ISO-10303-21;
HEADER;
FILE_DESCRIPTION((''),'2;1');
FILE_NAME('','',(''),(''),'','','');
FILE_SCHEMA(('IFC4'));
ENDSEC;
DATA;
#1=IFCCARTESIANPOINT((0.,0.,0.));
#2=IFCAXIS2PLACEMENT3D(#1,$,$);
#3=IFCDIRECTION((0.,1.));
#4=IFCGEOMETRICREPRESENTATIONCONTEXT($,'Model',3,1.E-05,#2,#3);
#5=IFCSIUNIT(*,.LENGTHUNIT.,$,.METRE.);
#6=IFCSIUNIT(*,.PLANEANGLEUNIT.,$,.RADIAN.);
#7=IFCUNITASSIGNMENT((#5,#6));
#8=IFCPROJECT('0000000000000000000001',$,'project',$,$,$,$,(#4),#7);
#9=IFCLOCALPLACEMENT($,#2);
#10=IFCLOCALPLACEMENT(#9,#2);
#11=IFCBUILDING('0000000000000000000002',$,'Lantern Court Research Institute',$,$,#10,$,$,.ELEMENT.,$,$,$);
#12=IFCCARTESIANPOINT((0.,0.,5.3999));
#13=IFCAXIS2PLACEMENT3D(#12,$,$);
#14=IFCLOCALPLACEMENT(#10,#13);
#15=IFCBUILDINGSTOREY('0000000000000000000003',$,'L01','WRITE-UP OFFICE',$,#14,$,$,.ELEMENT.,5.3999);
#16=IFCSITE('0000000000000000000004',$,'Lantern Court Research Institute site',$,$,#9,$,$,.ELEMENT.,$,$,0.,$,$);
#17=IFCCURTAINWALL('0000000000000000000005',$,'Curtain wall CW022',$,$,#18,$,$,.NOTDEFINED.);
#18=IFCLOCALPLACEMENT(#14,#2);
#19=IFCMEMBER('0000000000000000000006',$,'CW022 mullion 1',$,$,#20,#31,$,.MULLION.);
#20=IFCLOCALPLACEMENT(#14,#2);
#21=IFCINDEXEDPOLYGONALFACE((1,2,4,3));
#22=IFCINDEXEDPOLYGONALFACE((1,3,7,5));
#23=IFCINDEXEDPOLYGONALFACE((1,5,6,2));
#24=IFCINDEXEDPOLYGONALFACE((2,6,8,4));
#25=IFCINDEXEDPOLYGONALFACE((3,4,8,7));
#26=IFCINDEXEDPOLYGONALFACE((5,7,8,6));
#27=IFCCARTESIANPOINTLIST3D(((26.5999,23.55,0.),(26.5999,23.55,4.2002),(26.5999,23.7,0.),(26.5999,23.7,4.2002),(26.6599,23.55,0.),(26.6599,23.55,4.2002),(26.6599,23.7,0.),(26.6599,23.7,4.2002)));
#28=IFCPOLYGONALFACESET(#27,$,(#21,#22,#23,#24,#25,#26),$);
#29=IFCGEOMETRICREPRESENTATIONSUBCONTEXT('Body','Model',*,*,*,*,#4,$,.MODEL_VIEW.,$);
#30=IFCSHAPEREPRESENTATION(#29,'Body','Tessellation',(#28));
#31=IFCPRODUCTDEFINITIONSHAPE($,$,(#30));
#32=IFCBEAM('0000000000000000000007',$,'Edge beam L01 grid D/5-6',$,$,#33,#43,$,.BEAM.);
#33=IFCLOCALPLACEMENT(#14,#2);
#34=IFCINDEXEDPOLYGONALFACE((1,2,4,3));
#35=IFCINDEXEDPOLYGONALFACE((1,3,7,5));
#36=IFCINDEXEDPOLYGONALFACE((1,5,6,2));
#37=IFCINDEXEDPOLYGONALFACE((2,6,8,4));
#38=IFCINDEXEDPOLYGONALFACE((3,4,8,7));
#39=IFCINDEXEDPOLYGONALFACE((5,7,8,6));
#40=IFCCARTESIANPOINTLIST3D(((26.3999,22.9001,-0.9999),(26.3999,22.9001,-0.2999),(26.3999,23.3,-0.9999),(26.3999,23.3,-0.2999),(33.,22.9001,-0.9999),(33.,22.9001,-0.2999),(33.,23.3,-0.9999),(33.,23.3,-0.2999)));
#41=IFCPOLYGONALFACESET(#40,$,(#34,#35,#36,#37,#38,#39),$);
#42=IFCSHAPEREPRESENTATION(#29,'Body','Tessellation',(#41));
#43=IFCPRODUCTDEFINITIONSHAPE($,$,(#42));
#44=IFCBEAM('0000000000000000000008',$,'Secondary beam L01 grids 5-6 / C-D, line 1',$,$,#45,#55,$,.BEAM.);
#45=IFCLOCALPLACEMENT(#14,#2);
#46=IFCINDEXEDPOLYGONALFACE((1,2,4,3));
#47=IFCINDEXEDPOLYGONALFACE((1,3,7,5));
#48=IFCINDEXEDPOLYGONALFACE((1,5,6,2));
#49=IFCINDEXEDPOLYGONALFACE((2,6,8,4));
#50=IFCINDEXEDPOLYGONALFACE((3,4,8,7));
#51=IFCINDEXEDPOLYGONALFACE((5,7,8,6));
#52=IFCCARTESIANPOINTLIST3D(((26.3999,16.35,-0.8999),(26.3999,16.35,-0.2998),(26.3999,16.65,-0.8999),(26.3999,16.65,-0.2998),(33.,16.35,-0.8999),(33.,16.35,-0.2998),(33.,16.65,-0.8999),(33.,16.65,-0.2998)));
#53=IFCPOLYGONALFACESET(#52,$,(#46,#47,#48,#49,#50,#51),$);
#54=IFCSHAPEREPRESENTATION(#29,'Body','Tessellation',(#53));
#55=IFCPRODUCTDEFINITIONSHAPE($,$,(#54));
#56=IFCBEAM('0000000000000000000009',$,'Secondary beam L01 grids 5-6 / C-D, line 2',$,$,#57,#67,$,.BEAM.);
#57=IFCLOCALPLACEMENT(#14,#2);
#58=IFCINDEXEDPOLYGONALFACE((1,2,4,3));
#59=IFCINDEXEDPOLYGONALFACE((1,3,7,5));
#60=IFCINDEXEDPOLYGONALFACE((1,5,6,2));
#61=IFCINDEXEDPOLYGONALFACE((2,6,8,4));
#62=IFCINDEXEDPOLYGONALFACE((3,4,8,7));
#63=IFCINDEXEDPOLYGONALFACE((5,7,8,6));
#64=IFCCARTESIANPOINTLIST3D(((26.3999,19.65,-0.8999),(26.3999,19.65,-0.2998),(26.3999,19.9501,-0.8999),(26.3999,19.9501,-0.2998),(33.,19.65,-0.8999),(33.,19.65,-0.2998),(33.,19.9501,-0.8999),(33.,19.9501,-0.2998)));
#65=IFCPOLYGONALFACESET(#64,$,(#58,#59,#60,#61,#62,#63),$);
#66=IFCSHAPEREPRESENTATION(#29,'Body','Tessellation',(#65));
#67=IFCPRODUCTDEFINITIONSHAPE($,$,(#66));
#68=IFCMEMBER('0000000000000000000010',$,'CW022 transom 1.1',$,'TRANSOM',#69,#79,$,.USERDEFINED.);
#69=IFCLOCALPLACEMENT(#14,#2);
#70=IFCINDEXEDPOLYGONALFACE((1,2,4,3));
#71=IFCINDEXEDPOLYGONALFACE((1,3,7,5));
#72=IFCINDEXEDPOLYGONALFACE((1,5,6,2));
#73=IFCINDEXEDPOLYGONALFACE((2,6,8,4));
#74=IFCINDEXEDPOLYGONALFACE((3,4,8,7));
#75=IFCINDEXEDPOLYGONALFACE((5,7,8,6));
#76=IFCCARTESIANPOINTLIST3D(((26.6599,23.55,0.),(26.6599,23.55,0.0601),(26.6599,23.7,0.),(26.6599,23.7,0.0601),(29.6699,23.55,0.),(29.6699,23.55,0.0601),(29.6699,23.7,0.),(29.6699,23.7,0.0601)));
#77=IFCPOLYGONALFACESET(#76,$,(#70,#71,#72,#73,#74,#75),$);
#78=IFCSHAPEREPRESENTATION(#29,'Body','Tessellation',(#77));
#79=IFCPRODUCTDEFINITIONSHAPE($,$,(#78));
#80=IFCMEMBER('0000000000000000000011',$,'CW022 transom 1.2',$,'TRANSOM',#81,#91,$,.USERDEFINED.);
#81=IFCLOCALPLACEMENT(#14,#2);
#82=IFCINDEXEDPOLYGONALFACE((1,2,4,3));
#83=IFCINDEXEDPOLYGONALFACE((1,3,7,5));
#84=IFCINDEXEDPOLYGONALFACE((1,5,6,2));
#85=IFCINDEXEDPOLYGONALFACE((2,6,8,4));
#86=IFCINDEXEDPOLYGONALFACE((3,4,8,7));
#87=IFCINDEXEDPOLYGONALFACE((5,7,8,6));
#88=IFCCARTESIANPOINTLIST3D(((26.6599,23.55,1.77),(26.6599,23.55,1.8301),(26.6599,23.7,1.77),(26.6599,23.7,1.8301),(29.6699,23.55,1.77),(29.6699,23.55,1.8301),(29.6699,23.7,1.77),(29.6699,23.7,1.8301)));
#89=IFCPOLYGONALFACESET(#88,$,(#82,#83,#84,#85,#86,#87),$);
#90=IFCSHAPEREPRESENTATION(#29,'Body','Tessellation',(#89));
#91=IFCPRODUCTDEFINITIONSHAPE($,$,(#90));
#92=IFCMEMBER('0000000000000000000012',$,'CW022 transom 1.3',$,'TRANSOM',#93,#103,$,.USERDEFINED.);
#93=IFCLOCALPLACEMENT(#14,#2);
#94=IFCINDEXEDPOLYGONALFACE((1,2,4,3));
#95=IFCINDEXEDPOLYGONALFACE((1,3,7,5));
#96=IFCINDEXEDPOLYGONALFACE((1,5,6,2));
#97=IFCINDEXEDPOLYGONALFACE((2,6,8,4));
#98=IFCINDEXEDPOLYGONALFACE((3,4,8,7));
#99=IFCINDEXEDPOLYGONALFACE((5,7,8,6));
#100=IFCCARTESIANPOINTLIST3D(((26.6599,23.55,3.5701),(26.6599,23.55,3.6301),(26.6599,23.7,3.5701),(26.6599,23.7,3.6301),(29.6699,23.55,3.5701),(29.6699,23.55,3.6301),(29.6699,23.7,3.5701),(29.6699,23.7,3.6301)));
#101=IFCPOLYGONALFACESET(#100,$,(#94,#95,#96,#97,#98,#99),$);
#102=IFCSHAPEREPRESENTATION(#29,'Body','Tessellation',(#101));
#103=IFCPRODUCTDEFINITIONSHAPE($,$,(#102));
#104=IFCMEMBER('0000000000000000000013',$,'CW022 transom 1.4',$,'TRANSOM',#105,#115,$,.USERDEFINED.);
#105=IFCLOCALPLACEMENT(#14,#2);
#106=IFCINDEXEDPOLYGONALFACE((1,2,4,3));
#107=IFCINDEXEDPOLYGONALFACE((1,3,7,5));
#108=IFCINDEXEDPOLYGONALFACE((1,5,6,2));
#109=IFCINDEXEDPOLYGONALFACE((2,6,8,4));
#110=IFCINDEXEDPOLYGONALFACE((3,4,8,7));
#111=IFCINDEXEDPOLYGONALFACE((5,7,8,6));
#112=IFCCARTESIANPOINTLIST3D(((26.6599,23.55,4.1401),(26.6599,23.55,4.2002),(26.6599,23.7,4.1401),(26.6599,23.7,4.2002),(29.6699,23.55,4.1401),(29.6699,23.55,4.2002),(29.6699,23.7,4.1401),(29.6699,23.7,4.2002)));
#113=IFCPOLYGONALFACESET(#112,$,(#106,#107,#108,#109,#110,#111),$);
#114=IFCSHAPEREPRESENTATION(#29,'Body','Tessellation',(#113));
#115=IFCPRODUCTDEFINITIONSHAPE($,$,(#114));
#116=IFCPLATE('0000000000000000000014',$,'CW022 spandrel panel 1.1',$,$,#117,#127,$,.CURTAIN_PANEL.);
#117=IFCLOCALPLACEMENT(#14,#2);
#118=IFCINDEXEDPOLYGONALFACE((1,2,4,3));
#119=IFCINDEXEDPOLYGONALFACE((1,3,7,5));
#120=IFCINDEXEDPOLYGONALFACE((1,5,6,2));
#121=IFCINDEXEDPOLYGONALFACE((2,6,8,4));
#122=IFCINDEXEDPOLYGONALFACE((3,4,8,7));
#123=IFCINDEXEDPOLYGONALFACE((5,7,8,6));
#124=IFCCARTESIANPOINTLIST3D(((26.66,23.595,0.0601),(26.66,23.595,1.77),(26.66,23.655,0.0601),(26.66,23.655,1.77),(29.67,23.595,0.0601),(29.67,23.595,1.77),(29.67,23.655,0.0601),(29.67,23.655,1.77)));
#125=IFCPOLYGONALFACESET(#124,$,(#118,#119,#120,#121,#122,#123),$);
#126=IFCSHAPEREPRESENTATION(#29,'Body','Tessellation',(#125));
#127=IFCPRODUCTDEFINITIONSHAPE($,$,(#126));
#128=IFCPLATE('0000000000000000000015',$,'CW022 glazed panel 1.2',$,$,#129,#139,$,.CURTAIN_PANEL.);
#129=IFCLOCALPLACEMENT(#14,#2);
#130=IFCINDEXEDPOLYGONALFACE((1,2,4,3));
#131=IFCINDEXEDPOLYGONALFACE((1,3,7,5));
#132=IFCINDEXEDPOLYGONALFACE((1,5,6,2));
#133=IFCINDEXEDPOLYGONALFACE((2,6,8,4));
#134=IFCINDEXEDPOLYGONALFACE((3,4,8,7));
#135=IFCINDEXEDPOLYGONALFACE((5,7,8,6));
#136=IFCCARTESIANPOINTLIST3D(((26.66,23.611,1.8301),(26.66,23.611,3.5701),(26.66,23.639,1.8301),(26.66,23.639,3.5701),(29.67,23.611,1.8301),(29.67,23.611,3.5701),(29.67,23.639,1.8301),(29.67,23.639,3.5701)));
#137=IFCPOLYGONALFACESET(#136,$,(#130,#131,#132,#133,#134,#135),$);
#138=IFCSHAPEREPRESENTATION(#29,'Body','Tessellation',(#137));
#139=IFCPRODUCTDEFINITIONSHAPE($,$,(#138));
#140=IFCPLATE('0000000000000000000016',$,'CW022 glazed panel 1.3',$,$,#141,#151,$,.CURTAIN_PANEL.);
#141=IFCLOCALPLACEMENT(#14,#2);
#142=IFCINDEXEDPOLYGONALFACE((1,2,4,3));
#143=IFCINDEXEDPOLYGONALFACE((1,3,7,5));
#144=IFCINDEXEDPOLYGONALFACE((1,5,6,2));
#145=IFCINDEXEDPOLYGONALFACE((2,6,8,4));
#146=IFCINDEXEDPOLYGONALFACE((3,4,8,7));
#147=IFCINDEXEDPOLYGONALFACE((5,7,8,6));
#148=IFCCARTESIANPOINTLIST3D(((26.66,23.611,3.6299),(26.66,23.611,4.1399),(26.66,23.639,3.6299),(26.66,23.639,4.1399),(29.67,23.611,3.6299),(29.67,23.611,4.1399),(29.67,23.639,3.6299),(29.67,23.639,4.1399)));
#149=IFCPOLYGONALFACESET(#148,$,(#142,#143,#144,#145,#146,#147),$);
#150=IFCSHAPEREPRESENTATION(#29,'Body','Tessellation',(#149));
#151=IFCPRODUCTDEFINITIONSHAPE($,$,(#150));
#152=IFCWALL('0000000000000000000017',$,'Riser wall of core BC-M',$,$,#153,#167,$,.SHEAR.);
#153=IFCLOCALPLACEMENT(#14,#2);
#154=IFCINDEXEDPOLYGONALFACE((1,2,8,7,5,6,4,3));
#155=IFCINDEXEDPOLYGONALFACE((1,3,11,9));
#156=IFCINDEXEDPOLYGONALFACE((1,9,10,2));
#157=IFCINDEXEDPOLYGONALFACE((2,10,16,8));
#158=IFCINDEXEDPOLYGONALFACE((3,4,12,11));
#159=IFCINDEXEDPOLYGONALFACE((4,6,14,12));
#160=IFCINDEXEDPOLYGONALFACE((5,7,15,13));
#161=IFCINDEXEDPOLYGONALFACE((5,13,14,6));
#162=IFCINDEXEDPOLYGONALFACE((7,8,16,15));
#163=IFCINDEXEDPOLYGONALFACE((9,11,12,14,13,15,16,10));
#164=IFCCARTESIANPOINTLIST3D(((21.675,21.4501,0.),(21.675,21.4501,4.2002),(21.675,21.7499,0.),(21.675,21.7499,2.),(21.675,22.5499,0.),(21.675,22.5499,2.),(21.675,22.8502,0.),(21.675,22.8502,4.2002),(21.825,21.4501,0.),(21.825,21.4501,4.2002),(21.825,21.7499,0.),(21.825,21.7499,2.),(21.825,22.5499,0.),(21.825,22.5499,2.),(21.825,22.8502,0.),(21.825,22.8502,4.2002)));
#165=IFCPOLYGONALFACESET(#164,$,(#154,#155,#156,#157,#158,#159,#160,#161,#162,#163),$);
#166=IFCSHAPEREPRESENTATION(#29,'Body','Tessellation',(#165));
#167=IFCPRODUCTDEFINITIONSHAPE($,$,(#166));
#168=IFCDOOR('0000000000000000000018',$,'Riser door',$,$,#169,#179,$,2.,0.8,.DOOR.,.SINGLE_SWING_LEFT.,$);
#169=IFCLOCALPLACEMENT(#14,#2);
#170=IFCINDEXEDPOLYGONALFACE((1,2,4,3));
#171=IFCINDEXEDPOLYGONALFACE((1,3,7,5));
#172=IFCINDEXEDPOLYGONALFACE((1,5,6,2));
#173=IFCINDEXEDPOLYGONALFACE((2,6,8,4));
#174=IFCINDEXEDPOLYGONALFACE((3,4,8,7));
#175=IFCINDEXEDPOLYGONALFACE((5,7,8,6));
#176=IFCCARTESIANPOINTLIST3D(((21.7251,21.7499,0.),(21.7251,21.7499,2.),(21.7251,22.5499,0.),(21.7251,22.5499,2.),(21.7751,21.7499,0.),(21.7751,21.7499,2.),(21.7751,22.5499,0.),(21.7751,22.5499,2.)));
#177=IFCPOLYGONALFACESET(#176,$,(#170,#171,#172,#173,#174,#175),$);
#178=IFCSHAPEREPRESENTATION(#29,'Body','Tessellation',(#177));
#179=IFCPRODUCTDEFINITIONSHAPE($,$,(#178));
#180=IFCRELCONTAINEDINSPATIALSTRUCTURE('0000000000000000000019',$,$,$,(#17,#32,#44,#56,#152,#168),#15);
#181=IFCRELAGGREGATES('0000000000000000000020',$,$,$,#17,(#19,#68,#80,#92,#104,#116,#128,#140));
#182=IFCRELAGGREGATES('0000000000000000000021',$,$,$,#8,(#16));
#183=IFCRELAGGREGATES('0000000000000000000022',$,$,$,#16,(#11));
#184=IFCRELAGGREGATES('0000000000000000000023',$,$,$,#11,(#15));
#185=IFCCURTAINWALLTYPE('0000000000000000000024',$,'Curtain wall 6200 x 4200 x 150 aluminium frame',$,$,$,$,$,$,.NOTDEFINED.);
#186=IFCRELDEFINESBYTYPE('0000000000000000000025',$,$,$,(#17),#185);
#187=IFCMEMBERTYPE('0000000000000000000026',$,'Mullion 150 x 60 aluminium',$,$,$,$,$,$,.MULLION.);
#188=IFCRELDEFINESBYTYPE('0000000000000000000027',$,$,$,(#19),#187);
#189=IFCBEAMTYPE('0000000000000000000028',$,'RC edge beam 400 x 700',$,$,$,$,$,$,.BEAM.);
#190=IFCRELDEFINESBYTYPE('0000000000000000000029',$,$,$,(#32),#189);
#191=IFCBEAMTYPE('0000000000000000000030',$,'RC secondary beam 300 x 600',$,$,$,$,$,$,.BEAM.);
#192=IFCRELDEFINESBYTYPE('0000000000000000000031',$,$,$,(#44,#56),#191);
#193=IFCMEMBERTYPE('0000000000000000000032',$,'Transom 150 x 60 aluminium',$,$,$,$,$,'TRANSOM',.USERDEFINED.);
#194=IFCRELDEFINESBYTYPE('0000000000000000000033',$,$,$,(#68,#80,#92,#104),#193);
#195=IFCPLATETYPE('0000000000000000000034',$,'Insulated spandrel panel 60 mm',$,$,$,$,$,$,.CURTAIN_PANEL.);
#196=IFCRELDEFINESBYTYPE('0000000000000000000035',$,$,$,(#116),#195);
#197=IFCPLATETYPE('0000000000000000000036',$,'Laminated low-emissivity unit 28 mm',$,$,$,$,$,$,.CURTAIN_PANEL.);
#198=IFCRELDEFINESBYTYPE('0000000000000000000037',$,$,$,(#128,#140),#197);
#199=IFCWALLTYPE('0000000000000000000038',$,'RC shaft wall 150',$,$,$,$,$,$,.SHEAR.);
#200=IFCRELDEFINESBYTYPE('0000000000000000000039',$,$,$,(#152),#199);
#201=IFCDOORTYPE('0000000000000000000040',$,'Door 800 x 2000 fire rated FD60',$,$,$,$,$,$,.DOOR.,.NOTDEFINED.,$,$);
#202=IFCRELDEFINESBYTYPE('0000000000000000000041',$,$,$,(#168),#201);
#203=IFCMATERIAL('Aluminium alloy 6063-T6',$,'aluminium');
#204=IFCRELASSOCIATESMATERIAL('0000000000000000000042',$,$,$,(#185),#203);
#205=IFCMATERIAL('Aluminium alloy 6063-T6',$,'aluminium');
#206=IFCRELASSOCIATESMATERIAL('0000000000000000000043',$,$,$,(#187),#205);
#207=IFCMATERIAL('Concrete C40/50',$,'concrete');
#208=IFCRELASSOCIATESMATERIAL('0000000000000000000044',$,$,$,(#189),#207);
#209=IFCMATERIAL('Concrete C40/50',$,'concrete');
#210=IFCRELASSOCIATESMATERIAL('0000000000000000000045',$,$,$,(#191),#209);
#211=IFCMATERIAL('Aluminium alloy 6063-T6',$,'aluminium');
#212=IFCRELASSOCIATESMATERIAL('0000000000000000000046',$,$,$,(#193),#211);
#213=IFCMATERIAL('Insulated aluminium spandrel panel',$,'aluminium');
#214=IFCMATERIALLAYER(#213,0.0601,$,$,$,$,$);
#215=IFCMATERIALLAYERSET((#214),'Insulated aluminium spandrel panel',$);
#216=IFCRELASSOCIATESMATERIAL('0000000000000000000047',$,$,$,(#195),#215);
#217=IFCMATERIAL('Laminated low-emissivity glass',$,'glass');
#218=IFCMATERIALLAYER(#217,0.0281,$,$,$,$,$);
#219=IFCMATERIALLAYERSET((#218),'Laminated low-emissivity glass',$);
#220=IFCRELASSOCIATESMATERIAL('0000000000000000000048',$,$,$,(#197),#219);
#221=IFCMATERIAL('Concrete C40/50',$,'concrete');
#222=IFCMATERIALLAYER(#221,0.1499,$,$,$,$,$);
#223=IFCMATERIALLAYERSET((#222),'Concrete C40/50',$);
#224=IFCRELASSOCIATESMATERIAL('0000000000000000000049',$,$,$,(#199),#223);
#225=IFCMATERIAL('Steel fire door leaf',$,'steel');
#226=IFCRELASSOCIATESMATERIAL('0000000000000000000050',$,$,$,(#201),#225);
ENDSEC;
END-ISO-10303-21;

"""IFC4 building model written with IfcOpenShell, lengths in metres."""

from ifc_helpers import new_model, si_unit, direction, frame, frame_2d, origin, origin_2d, place, context, subcontext, project, spatial, rectangle, extrude, material, layer, layer_set, material_profile, profile_set, type_object, element, fill, aggregate, save


model = new_model("IFC4")

# Units and contexts
model_context = context("Model", 3, precision=1e-05, world=origin(), true_north=direction((0.0, 1.0)))
body_context = subcontext(model_context, "Body", "Model", "MODEL_VIEW")
ifc_project = project(units=[si_unit("LENGTHUNIT", "METRE"), si_unit("PLANEANGLEUNIT", "RADIAN")], contexts=[model_context])

# Site, building, storey
site_placement = place(None, origin())
site = spatial("IfcSite", under=ifc_project, at=site_placement, Name="Lantern Court Research Institute site", CompositionType="ELEMENT", RefElevation=0.0)
building_placement = place(site_placement, origin())
building = spatial("IfcBuilding", under=site, at=building_placement, Name="Lantern Court Research Institute", CompositionType="ELEMENT")
storey_placement = place(building_placement, frame((0.0, 0.0, 5.3999)))
storey = spatial("IfcBuildingStorey", under=building, at=storey_placement, Name="L01", Description="WRITE-UP OFFICE", CompositionType="ELEMENT", Elevation=5.3999)

# Curtain wall, member
ifc_material_1 = material(Name="Aluminium alloy 6063-T6", Category="aluminium")
curtain_wall_type = type_object("IfcCurtainWallType", Name="Curtain wall 6200 x 4200 x 150 aluminium frame", PredefinedType="NOTDEFINED", material=ifc_material_1)
curtain_wall_placement = place(storey_placement, origin())
curtain_wall = element("IfcCurtainWall", 1, at=curtain_wall_placement, inside=storey, type_object=curtain_wall_type, Name="Curtain wall CW022", PredefinedType="NOTDEFINED")
ifc_material_2 = material(Name="Aluminium alloy 6063-T6", Category="aluminium")
ifc_material_profile_1 = material_profile(ifc_material_2, rectangle(XDim=0.1499, YDim=0.0601, at=origin_2d()), Name="Mullion 150 x 60")
ifc_profile_set_1 = profile_set([ifc_material_profile_1], Name="Aluminium alloy 6063-T6")
member_type_1 = type_object("IfcMemberType", Name="Mullion 150 x 60 aluminium", PredefinedType="MULLION", material=ifc_profile_set_1)
member_1_placement = place(storey_placement, frame((26.6299, 23.625, 0.0), z_axis=(0.0, 0.0, 1.0), x_axis=(0.0, 1.0, 0.0)))
member_1 = element("IfcMember", 2, at=member_1_placement, type_object=member_type_1, Name="CW022 mullion 1", PredefinedType="MULLION", context=body_context, shape_type="SweptSolid", body=[
    extrude(rectangle(XDim=0.1499, YDim=0.0601, at=origin_2d()), origin(), (0.0, 0.0, 1.0), 4.2002),
])

# Beams
ifc_material_3 = material(Name="Concrete C40/50", Category="concrete")
ifc_material_profile_2 = material_profile(ifc_material_3, rectangle(XDim=0.3999, YDim=0.7, at=origin_2d()), Name="RC beam 400 x 700")
ifc_profile_set_2 = profile_set([ifc_material_profile_2], Name="Concrete C40/50")
beam_type_1 = type_object("IfcBeamType", Name="RC edge beam 400 x 700", PredefinedType="BEAM", material=ifc_profile_set_2)
beam_placement = place(storey_placement, frame((26.3999, 23.1001, -0.6499), z_axis=(1.0, 0.0, 0.0), x_axis=(0.0, 1.0, 0.0)))
element("IfcBeam", 3, at=beam_placement, inside=storey, type_object=beam_type_1, Name="Edge beam L01 grid D/5-6", PredefinedType="BEAM", context=body_context, shape_type="SweptSolid", body=[
    extrude(rectangle(XDim=0.3999, YDim=0.7, at=origin_2d()), origin(), (0.0, 0.0, 1.0), 6.6001),
])
ifc_material_4 = material(Name="Concrete C40/50", Category="concrete")
ifc_material_profile_3 = material_profile(ifc_material_4, rectangle(XDim=0.3, YDim=0.6001, at=origin_2d()), Name="RC beam 300 x 600")
ifc_profile_set_3 = profile_set([ifc_material_profile_3], Name="Concrete C40/50")
beam_type_2 = type_object("IfcBeamType", Name="RC secondary beam 300 x 600", PredefinedType="BEAM", material=ifc_profile_set_3)
for number, where, z_axis, x_axis, name in (
    (4, (26.3999, 16.5, -0.5999), (1.0, 0.0, 0.0), (0.0, 1.0, 0.0), "Secondary beam L01 grids 5-6 / C-D, line 1"),
    (5, (26.3999, 19.8, -0.5999), (1.0, 0.0, 0.0), (0.0, 1.0, 0.0), "Secondary beam L01 grids 5-6 / C-D, line 2"),
):
    element("IfcBeam", number, at=place(storey_placement, frame(where, z_axis=z_axis, x_axis=x_axis)), inside=storey, type_object=beam_type_2, Name=name, PredefinedType="BEAM", context=body_context, shape_type="SweptSolid", body=[
        extrude(rectangle(XDim=0.3, YDim=0.6001, at=origin_2d()), origin(), (0.0, 0.0, 1.0), 6.6001),
    ])

# Members
ifc_material_5 = material(Name="Aluminium alloy 6063-T6", Category="aluminium")
ifc_material_profile_4 = material_profile(ifc_material_5, rectangle(XDim=0.1499, YDim=0.0601, at=origin_2d()), Name="Transom 150 x 60")
ifc_profile_set_4 = profile_set([ifc_material_profile_4], Name="Aluminium alloy 6063-T6")
member_type_2 = type_object("IfcMemberType", Name="Transom 150 x 60 aluminium", ElementType="TRANSOM", PredefinedType="USERDEFINED", material=ifc_profile_set_4)
member_2_placement = place(storey_placement, frame((26.6599, 23.625, 0.03), z_axis=(1.0, 0.0, 0.0), x_axis=(0.0, 1.0, 0.0)))
member_2 = element("IfcMember", 6, at=member_2_placement, type_object=member_type_2, Name="CW022 transom 1.1", ObjectType="TRANSOM", PredefinedType="USERDEFINED", context=body_context, shape_type="SweptSolid", body=[
    extrude(rectangle(XDim=0.1499, YDim=0.0601, at=origin_2d()), origin(), (0.0, 0.0, 1.0), 3.01),
])
member_3_placement = place(storey_placement, frame((26.6599, 23.625, 1.8), z_axis=(1.0, 0.0, 0.0), x_axis=(0.0, 1.0, 0.0)))
member_3 = element("IfcMember", 7, at=member_3_placement, type_object=member_type_2, Name="CW022 transom 1.2", ObjectType="TRANSOM", PredefinedType="USERDEFINED", context=body_context, shape_type="SweptSolid", body=[
    extrude(rectangle(XDim=0.1499, YDim=0.0601, at=origin_2d()), origin(), (0.0, 0.0, 1.0), 3.01),
])
member_4_placement = place(storey_placement, frame((26.6599, 23.625, 3.6001), z_axis=(1.0, 0.0, 0.0), x_axis=(0.0, 1.0, 0.0)))
member_4 = element("IfcMember", 8, at=member_4_placement, type_object=member_type_2, Name="CW022 transom 1.3", ObjectType="TRANSOM", PredefinedType="USERDEFINED", context=body_context, shape_type="SweptSolid", body=[
    extrude(rectangle(XDim=0.1499, YDim=0.0601, at=origin_2d()), origin(), (0.0, 0.0, 1.0), 3.01),
])
member_5_placement = place(storey_placement, frame((26.6599, 23.625, 4.1702), z_axis=(1.0, 0.0, 0.0), x_axis=(0.0, 1.0, 0.0)))
member_5 = element("IfcMember", 9, at=member_5_placement, type_object=member_type_2, Name="CW022 transom 1.4", ObjectType="TRANSOM", PredefinedType="USERDEFINED", context=body_context, shape_type="SweptSolid", body=[
    extrude(rectangle(XDim=0.1499, YDim=0.0601, at=origin_2d()), origin(), (0.0, 0.0, 1.0), 3.01),
])

# Plates
ifc_material_6 = material(Name="Insulated aluminium spandrel panel", Category="aluminium")
ifc_layer_1 = layer(ifc_material_6, 0.0601)
ifc_layer_set_1 = layer_set([ifc_layer_1], Name="Insulated aluminium spandrel panel")
plate_type_1 = type_object("IfcPlateType", Name="Insulated spandrel panel 60 mm", PredefinedType="CURTAIN_PANEL", material=ifc_layer_set_1)
plate_1_placement = place(storey_placement, frame((28.165, 23.625, 0.0601), z_axis=(0.0, 0.0, 1.0), x_axis=(1.0, 0.0, 0.0)))
plate_1 = element("IfcPlate", 10, at=plate_1_placement, type_object=plate_type_1, Name="CW022 spandrel panel 1.1", PredefinedType="CURTAIN_PANEL", context=body_context, shape_type="SweptSolid", body=[
    extrude(rectangle(XDim=3.01, YDim=0.0601, at=origin_2d()), origin(), (0.0, 0.0, 1.0), 1.71),
])
ifc_material_7 = material(Name="Laminated low-emissivity glass", Category="glass")
ifc_layer_2 = layer(ifc_material_7, 0.0281)
ifc_layer_set_2 = layer_set([ifc_layer_2], Name="Laminated low-emissivity glass")
plate_type_2 = type_object("IfcPlateType", Name="Laminated low-emissivity unit 28 mm", PredefinedType="CURTAIN_PANEL", material=ifc_layer_set_2)
plate_2_placement = place(storey_placement, frame((28.165, 23.625, 1.8301), z_axis=(0.0, 0.0, 1.0), x_axis=(1.0, 0.0, 0.0)))
plate_2 = element("IfcPlate", 11, at=plate_2_placement, type_object=plate_type_2, Name="CW022 glazed panel 1.2", PredefinedType="CURTAIN_PANEL", context=body_context, shape_type="SweptSolid", body=[
    extrude(rectangle(XDim=3.01, YDim=0.0281, at=origin_2d()), origin(), (0.0, 0.0, 1.0), 1.74),
])
plate_3_placement = place(storey_placement, frame((28.165, 23.625, 3.6299), z_axis=(0.0, 0.0, 1.0), x_axis=(1.0, 0.0, 0.0)))
plate_3 = element("IfcPlate", 12, at=plate_3_placement, type_object=plate_type_2, Name="CW022 glazed panel 1.3", PredefinedType="CURTAIN_PANEL", context=body_context, shape_type="SweptSolid", body=[
    extrude(rectangle(XDim=3.01, YDim=0.0281, at=origin_2d()), origin(), (0.0, 0.0, 1.0), 0.51),
])
aggregate(curtain_wall, [member_1, member_2, member_3, member_4, member_5, plate_1, plate_2, plate_3])

# Wall, opening, door
ifc_material_8 = material(Name="Concrete C40/50", Category="concrete")
ifc_layer_3 = layer(ifc_material_8, 0.1499)
ifc_layer_set_3 = layer_set([ifc_layer_3], Name="Concrete C40/50")
wall_type_1 = type_object("IfcWallType", Name="RC shaft wall 150", PredefinedType="SHEAR", material=ifc_layer_set_3)
wall_1_placement = place(storey_placement, frame((21.75, 21.45, 0.0), z_axis=(0.0, 0.0, 1.0), x_axis=(0.0, 1.0, 0.0)))
wall_1 = element("IfcWall", 13, at=wall_1_placement, inside=storey, type_object=wall_type_1, Name="Riser wall of core BC-M", PredefinedType="SHEAR", context=body_context, shape_type="SweptSolid", body=[
    extrude(rectangle(XDim=1.4001, YDim=0.1499, at=frame_2d((0.7002, 0.0))), origin(), (0.0, 0.0, 1.0), 4.2002),
])
opening_placement = place(wall_1_placement, frame((0.3, 0.0, 0.0)))
opening = element("IfcOpeningElement", 14, at=opening_placement, cuts=wall_1, PredefinedType="OPENING", context=body_context, shape_type="SweptSolid", body=[
    extrude(rectangle(XDim=0.8, YDim=2.0, at=frame_2d((0.3999, 1.0))), frame((0.0, 0.085, 0.0), z_axis=(0.0, -1.0, 0.0), x_axis=(1.0, 0.0, 0.0)), (0.0, 0.0, 1.0), 0.1699),
])
ifc_material_9 = material(Name="Steel fire door leaf", Category="steel")
door_type = type_object("IfcDoorType", Name="Door 800 x 2000 fire rated FD60", OperationType="NOTDEFINED", PredefinedType="DOOR", material=ifc_material_9)
door_placement = place(opening_placement, origin())
door = element("IfcDoor", 15, at=door_placement, inside=storey, type_object=door_type, Name="Riser door", OperationType="SINGLE_SWING_LEFT", OverallHeight=2.0, OverallWidth=0.8, PredefinedType="DOOR", context=body_context, shape_type="SweptSolid", body=[
    extrude(rectangle(XDim=0.8, YDim=2.0, at=frame_2d((0.3999, 1.0))), frame((0.0, 0.0249, 0.0), z_axis=(0.0, -1.0, 0.0), x_axis=(1.0, 0.0, 0.0)), (0.0, 0.0, 1.0), 0.05),
])
fill(opening, door)

save(model, "model.ifc")
